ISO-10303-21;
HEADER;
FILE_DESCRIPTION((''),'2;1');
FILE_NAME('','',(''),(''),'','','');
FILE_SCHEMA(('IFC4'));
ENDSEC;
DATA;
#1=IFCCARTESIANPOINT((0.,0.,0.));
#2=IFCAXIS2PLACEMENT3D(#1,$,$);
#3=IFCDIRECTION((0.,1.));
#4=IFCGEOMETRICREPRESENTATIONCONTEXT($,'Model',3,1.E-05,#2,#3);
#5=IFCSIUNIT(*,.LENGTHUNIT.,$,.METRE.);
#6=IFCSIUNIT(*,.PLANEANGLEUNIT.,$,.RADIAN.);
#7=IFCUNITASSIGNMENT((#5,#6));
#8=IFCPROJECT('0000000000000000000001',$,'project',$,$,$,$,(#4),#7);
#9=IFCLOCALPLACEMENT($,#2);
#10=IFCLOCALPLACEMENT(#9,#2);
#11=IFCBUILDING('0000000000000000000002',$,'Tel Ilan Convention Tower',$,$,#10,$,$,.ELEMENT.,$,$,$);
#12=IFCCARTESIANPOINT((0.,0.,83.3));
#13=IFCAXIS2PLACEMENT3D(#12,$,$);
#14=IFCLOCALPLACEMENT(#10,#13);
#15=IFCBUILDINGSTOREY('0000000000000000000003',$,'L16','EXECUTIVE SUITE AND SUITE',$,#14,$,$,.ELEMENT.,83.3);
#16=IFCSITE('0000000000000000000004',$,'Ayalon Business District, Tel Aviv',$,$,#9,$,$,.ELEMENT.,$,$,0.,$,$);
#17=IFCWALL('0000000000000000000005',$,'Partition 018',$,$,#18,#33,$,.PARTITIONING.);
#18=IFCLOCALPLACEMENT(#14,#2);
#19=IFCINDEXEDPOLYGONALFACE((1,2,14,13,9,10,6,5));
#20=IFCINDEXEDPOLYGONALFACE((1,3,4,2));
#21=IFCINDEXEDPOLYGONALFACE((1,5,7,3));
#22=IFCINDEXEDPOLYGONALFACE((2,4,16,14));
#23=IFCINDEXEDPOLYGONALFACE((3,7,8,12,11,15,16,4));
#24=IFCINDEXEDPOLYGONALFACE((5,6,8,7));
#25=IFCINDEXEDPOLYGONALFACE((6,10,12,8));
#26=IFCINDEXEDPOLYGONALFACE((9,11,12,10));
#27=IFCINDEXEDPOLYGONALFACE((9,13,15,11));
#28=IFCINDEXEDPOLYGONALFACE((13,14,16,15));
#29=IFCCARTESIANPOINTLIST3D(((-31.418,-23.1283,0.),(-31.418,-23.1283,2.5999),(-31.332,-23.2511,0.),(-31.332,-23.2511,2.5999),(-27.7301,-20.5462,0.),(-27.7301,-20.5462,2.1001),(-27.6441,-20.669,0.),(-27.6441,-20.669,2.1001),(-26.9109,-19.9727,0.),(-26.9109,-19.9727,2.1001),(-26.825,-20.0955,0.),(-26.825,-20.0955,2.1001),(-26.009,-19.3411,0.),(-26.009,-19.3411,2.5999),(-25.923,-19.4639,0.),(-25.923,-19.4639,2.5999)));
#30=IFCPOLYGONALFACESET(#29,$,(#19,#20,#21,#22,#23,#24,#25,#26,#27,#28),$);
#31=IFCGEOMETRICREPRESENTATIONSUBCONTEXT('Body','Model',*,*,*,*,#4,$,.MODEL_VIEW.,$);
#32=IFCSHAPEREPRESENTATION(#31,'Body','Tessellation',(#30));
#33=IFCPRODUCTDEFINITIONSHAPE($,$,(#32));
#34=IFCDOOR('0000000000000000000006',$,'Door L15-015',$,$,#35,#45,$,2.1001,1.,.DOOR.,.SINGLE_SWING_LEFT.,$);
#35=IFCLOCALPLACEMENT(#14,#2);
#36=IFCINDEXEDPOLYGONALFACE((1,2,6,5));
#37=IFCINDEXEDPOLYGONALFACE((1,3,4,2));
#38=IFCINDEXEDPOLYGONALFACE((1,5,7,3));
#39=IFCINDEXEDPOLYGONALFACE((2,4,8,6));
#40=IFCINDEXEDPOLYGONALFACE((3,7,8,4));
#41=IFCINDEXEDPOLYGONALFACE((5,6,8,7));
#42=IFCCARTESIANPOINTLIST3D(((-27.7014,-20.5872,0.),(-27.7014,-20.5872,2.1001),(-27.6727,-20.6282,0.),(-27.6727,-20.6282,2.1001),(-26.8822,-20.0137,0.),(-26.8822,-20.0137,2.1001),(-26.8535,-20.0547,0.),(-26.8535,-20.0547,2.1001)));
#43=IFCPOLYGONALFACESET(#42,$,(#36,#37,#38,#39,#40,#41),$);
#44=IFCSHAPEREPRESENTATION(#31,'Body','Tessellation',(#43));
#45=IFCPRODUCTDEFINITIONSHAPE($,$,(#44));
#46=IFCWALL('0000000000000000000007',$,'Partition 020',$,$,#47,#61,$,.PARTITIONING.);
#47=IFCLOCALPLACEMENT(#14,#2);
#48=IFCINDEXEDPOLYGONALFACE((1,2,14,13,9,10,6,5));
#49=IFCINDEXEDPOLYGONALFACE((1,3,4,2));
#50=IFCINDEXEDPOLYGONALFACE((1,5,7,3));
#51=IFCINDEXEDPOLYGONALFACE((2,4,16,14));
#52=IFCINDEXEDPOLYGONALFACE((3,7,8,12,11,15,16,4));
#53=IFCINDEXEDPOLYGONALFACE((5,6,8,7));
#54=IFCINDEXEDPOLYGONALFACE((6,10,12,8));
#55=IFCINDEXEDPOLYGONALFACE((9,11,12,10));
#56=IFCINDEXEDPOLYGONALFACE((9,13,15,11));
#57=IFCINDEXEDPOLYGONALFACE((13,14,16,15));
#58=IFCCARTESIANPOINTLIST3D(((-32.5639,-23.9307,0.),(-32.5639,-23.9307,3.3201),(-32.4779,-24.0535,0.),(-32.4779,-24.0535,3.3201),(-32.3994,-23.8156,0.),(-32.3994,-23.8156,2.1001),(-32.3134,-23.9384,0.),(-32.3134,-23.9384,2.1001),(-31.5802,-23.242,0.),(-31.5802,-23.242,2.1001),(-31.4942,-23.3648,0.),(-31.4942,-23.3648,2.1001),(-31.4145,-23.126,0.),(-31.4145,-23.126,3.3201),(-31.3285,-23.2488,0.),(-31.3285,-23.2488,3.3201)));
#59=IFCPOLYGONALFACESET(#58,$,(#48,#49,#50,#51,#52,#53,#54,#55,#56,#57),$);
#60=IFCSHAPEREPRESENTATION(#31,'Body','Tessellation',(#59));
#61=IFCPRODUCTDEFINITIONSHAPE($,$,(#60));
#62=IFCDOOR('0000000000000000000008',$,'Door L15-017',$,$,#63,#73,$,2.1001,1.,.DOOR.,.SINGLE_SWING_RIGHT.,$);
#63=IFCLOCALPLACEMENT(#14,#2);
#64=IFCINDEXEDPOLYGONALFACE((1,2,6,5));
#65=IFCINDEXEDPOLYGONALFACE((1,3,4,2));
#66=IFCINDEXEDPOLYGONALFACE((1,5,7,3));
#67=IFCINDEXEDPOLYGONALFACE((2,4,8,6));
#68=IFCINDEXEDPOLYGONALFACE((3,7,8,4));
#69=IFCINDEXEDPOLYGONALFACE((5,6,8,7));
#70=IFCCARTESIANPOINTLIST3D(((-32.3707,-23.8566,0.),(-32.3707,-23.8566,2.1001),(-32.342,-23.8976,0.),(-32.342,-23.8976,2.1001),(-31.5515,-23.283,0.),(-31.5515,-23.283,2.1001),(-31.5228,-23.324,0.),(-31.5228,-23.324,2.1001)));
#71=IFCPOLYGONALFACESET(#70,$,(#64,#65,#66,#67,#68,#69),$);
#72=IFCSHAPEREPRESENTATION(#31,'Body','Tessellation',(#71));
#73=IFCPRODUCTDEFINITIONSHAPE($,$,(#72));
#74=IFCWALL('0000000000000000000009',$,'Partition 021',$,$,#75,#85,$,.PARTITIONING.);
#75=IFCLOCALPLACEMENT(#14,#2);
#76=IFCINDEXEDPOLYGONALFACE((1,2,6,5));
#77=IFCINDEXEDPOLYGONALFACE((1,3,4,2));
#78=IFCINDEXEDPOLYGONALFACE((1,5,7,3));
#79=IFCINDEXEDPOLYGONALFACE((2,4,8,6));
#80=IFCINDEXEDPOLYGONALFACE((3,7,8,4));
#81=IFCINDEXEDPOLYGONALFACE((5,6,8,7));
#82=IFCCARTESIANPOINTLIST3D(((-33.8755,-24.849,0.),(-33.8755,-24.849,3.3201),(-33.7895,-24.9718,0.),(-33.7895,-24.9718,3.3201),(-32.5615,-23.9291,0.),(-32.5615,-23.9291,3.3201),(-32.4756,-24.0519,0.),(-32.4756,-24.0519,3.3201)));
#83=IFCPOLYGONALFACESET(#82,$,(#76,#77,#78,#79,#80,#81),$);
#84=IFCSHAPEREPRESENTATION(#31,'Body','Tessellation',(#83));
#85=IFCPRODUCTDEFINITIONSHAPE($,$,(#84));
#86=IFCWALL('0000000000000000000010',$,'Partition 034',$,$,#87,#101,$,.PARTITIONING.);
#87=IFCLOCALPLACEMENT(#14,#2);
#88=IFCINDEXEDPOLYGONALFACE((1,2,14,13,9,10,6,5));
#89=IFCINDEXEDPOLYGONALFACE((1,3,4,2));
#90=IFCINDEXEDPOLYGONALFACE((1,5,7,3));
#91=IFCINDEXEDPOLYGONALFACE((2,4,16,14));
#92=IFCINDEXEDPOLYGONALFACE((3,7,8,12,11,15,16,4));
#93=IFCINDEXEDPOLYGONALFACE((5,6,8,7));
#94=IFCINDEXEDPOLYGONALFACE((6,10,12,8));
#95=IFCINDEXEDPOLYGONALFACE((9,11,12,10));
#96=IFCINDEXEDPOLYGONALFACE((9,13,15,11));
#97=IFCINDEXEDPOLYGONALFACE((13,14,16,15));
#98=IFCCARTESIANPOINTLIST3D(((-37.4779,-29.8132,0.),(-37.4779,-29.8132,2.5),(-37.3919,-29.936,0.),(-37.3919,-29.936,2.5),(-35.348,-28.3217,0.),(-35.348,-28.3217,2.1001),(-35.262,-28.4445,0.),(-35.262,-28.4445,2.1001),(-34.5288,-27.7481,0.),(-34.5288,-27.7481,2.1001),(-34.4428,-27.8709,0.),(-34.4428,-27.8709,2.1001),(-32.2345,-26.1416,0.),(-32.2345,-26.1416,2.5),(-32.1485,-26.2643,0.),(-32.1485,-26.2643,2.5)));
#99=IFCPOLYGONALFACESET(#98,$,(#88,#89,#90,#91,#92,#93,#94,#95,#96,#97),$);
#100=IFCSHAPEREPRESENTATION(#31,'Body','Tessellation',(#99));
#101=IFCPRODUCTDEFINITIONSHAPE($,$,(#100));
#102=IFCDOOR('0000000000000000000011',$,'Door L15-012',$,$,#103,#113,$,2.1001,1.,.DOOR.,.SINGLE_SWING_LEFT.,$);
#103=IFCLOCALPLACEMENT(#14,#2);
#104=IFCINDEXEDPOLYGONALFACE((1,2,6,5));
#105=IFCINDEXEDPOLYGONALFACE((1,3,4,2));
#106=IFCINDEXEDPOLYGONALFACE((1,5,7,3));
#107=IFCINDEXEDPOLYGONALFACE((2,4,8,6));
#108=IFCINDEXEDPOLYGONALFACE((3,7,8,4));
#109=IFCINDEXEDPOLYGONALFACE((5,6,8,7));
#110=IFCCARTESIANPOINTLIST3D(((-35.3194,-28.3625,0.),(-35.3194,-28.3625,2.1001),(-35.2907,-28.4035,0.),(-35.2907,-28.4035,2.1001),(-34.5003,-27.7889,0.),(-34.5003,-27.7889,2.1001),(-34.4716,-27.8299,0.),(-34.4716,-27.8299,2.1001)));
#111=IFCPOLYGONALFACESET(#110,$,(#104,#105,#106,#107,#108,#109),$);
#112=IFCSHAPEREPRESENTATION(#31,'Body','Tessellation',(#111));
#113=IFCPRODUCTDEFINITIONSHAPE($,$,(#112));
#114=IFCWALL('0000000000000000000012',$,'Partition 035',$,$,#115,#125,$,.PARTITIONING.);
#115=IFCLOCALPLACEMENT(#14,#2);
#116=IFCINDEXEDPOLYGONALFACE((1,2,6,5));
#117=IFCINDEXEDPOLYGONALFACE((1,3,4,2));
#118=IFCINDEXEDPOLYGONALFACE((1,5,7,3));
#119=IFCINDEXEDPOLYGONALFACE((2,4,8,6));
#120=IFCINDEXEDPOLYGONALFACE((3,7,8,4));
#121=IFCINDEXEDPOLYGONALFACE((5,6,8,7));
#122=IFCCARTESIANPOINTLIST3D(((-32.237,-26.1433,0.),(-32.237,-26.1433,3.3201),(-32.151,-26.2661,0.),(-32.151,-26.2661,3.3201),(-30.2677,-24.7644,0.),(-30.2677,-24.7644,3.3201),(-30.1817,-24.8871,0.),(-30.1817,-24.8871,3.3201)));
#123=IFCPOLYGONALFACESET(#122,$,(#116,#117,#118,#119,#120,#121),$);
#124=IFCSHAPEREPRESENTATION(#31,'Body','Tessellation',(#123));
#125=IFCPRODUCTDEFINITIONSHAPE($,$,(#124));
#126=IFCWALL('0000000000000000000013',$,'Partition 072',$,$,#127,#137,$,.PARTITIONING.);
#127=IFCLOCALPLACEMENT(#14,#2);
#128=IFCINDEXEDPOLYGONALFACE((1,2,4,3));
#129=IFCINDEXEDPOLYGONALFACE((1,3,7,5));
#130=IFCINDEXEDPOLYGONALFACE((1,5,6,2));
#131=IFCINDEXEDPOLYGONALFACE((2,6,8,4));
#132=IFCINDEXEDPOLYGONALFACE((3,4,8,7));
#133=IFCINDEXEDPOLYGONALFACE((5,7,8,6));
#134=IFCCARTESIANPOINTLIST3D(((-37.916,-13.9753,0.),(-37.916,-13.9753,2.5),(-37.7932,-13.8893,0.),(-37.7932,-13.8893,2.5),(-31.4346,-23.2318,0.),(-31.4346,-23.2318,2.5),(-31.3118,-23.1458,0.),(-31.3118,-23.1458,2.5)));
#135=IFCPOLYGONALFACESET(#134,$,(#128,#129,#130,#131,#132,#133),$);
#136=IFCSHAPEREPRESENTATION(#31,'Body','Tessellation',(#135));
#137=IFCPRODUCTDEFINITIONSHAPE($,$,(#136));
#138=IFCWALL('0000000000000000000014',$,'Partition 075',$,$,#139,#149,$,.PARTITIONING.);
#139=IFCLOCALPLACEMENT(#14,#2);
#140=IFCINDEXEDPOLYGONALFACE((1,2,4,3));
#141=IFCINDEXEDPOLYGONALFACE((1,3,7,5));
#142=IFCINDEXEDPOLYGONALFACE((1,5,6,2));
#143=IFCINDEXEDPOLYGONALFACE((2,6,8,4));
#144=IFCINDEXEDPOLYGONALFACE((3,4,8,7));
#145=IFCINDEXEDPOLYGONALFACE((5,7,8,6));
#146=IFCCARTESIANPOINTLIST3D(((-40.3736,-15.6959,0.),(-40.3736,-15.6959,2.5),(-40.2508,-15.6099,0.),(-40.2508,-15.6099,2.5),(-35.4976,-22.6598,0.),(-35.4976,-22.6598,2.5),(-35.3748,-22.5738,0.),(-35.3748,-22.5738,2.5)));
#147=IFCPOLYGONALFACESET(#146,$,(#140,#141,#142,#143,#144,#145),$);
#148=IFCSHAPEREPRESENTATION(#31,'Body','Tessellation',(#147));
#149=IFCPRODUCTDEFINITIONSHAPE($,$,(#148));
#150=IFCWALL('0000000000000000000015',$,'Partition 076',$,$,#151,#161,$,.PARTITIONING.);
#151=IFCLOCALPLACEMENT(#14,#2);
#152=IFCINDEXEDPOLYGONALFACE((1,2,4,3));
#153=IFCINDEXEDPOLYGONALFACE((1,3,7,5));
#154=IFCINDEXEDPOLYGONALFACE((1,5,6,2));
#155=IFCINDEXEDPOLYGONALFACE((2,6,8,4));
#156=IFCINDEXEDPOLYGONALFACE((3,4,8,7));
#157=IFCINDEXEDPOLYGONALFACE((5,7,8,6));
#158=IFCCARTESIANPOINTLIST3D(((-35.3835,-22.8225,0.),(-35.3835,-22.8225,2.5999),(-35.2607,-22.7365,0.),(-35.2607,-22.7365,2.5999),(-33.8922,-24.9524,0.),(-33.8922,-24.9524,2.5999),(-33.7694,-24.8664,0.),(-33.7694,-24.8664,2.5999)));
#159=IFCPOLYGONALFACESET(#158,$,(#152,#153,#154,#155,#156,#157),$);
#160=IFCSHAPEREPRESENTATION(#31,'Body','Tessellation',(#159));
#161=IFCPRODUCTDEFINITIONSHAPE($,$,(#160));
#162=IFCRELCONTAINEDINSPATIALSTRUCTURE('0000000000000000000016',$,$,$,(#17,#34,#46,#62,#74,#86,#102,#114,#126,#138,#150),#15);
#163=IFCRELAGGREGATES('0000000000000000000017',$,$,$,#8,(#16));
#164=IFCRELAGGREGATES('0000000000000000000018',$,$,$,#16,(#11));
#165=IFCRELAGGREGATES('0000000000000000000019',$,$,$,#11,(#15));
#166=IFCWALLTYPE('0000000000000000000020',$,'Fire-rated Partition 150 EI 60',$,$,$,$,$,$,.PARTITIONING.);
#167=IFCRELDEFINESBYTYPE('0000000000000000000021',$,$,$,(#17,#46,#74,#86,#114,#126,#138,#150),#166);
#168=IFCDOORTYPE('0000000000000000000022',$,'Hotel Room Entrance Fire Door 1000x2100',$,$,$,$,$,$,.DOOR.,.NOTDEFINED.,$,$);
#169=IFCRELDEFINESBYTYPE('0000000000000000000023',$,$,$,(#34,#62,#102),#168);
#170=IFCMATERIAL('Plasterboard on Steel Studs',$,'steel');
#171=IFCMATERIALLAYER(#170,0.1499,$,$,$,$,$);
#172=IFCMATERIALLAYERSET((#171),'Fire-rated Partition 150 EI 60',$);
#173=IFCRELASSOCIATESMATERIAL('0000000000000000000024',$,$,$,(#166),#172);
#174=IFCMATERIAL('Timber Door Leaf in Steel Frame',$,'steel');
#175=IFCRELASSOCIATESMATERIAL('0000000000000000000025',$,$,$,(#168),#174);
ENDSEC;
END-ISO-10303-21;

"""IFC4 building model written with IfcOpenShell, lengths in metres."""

from ifc_helpers import new_model, si_unit, direction, frame, frame_2d, origin, place, context, subcontext, project, spatial, rectangle, extrude, material, layer, layer_set, type_object, element, fill, save


model = new_model("IFC4")

# Units and contexts
model_context = context("Model", 3, precision=1e-05, world=origin(), true_north=direction((0.0, 1.0)))
body_context = subcontext(model_context, "Body", "Model", "MODEL_VIEW")
ifc_project = project(units=[si_unit("LENGTHUNIT", "METRE"), si_unit("PLANEANGLEUNIT", "RADIAN")], contexts=[model_context])

# Site, building, storey
site_placement = place(None, origin())
site = spatial("IfcSite", under=ifc_project, at=site_placement, Name="Ayalon Business District, Tel Aviv", CompositionType="ELEMENT", RefElevation=0.0)
building_placement = place(site_placement, origin())
building = spatial("IfcBuilding", under=site, at=building_placement, Name="Tel Ilan Convention Tower", CompositionType="ELEMENT")
storey_placement = place(building_placement, frame((0.0, 0.0, 83.3)))
storey = spatial("IfcBuildingStorey", under=building, at=storey_placement, Name="L16", Description="EXECUTIVE SUITE AND SUITE", CompositionType="ELEMENT", Elevation=83.3)

# Walls, openings, doors
ifc_material_1 = material(Name="Plasterboard on Steel Studs", Category="steel")
ifc_layer_1 = layer(ifc_material_1, 0.1499)
ifc_layer_set_1 = layer_set([ifc_layer_1], Name="Fire-rated Partition 150 EI 60")
wall_type_1 = type_object("IfcWallType", Name="Fire-rated Partition 150 EI 60", PredefinedType="PARTITIONING", material=ifc_layer_set_1)
wall_1_placement = place(storey_placement, frame((-31.375, -23.1897, 0.0), z_axis=(0.0, 0.0, 1.0), x_axis=(0.819171, 0.573549, 0.0)))
wall_1 = element("IfcWall", 1, at=wall_1_placement, inside=storey, type_object=wall_type_1, Name="Partition 018", PredefinedType="PARTITIONING", context=body_context, shape_type="SweptSolid", body=[
    extrude(rectangle(XDim=6.603, YDim=0.1499, at=frame_2d((3.3015, 0.0))), origin(), (0.0, 0.0, 1.0), 2.5999),
])
opening_1_placement = place(wall_1_placement, frame((4.502, 0.0, 0.0)))
opening_1 = element("IfcOpeningElement", 2, at=opening_1_placement, cuts=wall_1, PredefinedType="OPENING", context=body_context, shape_type="SweptSolid", body=[
    extrude(rectangle(XDim=1.0, YDim=2.1001, at=frame_2d((0.5, 1.05))), frame((0.0, 0.085, 0.0), z_axis=(0.0, -1.0, 0.0), x_axis=(1.0, 0.0, 0.0)), (0.0, 0.0, 1.0), 0.1699),
])
ifc_material_2 = material(Name="Timber Door Leaf in Steel Frame", Category="steel")
door_type_1 = type_object("IfcDoorType", Name="Hotel Room Entrance Fire Door 1000x2100", OperationType="NOTDEFINED", PredefinedType="DOOR", material=ifc_material_2)
door_1_placement = place(opening_1_placement, origin())
door_1 = element("IfcDoor", 3, at=door_1_placement, inside=storey, type_object=door_type_1, Name="Door L15-015", OperationType="SINGLE_SWING_LEFT", OverallHeight=2.1001, OverallWidth=1.0, PredefinedType="DOOR", context=body_context, shape_type="SweptSolid", body=[
    extrude(rectangle(XDim=1.0, YDim=2.1001, at=frame_2d((0.5, 1.05))), frame((0.0, 0.0249, 0.0), z_axis=(0.0, -1.0, 0.0), x_axis=(1.0, 0.0, 0.0)), (0.0, 0.0, 1.0), 0.05),
])
fill(opening_1, door_1)
wall_2_placement = place(storey_placement, frame((-32.521, -23.9922, 0.0), z_axis=(0.0, 0.0, 1.0), x_axis=(0.819199, 0.573509, 0.0)))
wall_2 = element("IfcWall", 4, at=wall_2_placement, inside=storey, type_object=wall_type_1, Name="Partition 020", PredefinedType="PARTITIONING", context=body_context, shape_type="SweptSolid", body=[
    extrude(rectangle(XDim=1.4031, YDim=0.1499, at=frame_2d((0.7017, 0.0))), origin(), (0.0, 0.0, 1.0), 3.3201),
])
opening_2_placement = place(wall_2_placement, frame((0.2009, 0.0, 0.0)))
opening_2 = element("IfcOpeningElement", 5, at=opening_2_placement, cuts=wall_2, PredefinedType="OPENING", context=body_context, shape_type="SweptSolid", body=[
    extrude(rectangle(XDim=1.0, YDim=2.1001, at=frame_2d((0.5, 1.05))), frame((0.0, 0.085, 0.0), z_axis=(0.0, -1.0, 0.0), x_axis=(1.0, 0.0, 0.0)), (0.0, 0.0, 1.0), 0.1699),
])
door_2_placement = place(opening_2_placement, origin())
door_2 = element("IfcDoor", 6, at=door_2_placement, inside=storey, type_object=door_type_1, Name="Door L15-017", OperationType="SINGLE_SWING_RIGHT", OverallHeight=2.1001, OverallWidth=1.0, PredefinedType="DOOR", context=body_context, shape_type="SweptSolid", body=[
    extrude(rectangle(XDim=1.0, YDim=2.1001, at=frame_2d((0.5, 1.05))), frame((0.0, 0.0249, 0.0), z_axis=(0.0, -1.0, 0.0), x_axis=(1.0, 0.0, 0.0)), (0.0, 0.0, 1.0), 0.05),
])
fill(opening_2, door_2)

# Wall
wall_3_placement = place(storey_placement, frame((-33.8325, -24.9104, 0.0), z_axis=(0.0, 0.0, 1.0), x_axis=(0.819189, 0.573524, 0.0)))
element("IfcWall", 7, at=wall_3_placement, inside=storey, type_object=wall_type_1, Name="Partition 021", PredefinedType="PARTITIONING", context=body_context, shape_type="SweptSolid", body=[
    extrude(rectangle(XDim=1.604, YDim=0.1499, at=frame_2d((0.802, 0.0))), origin(), (0.0, 0.0, 1.0), 3.3201),
])

# Wall, opening, door
wall_4_placement = place(storey_placement, frame((-32.1914, -26.2029, 0.0), z_axis=(0.0, 0.0, 1.0), x_axis=(-0.819141, -0.573593, 0.0)))
wall_4 = element("IfcWall", 8, at=wall_4_placement, inside=storey, type_object=wall_type_1, Name="Partition 034", PredefinedType="PARTITIONING", context=body_context, shape_type="SweptSolid", body=[
    extrude(rectangle(XDim=6.4011, YDim=0.1499, at=frame_2d((3.2007, 0.0))), origin(), (0.0, 0.0, 1.0), 2.5),
])
opening_3_placement = place(wall_4_placement, frame((2.801, 0.0, 0.0)))
opening_3 = element("IfcOpeningElement", 9, at=opening_3_placement, cuts=wall_4, PredefinedType="OPENING", context=body_context, shape_type="SweptSolid", body=[
    extrude(rectangle(XDim=1.0, YDim=2.1001, at=frame_2d((0.5, 1.05))), frame((0.0, 0.085, 0.0), z_axis=(0.0, -1.0, 0.0), x_axis=(1.0, 0.0, 0.0)), (0.0, 0.0, 1.0), 0.1699),
])
door_3_placement = place(opening_3_placement, origin())
door_3 = element("IfcDoor", 10, at=door_3_placement, inside=storey, type_object=door_type_1, Name="Door L15-012", OperationType="SINGLE_SWING_LEFT", OverallHeight=2.1001, OverallWidth=1.0, PredefinedType="DOOR", context=body_context, shape_type="SweptSolid", body=[
    extrude(rectangle(XDim=1.0, YDim=2.1001, at=frame_2d((0.5, 1.05))), frame((0.0, 0.0249, 0.0), z_axis=(0.0, -1.0, 0.0), x_axis=(1.0, 0.0, 0.0)), (0.0, 0.0, 1.0), 0.05),
])
fill(opening_3, door_3)

# Walls
wall_5_placement = place(storey_placement, frame((-30.2246, -24.8257, 0.0), z_axis=(0.0, 0.0, 1.0), x_axis=(-0.819146, -0.573585, 0.0)))
element("IfcWall", 11, at=wall_5_placement, inside=storey, type_object=wall_type_1, Name="Partition 035", PredefinedType="PARTITIONING", context=body_context, shape_type="SweptSolid", body=[
    extrude(rectangle(XDim=2.4041, YDim=0.1499, at=frame_2d((1.2021, 0.0))), origin(), (0.0, 0.0, 1.0), 3.3201),
])
wall_6_placement = place(storey_placement, frame((-31.3733, -23.1887, 0.0), z_axis=(0.0, 0.0, 1.0), x_axis=(-0.573571, 0.819156, 0.0)))
element("IfcWall", 12, at=wall_6_placement, inside=storey, type_object=wall_type_1, Name="Partition 072", PredefinedType="PARTITIONING", context=body_context, shape_type="SweptSolid", body=[
    extrude(rectangle(XDim=11.3, YDim=0.1499, at=frame_2d((5.6499, 0.0))), origin(), (0.0, 0.0, 1.0), 2.5),
])
wall_7_placement = place(storey_placement, frame((-35.4363, -22.6167, 0.0), z_axis=(0.0, 0.0, 1.0), x_axis=(-0.573563, 0.819162, 0.0)))
element("IfcWall", 13, at=wall_7_placement, inside=storey, type_object=wall_type_1, Name="Partition 075", PredefinedType="PARTITIONING", context=body_context, shape_type="SweptSolid", body=[
    extrude(rectangle(XDim=8.5012, YDim=0.1499, at=frame_2d((4.2505, 0.0))), origin(), (0.0, 0.0, 1.0), 2.5),
])
wall_8_placement = place(storey_placement, frame((-33.8308, -24.9094, 0.0), z_axis=(0.0, 0.0, 1.0), x_axis=(-0.573538, 0.819179, 0.0)))
element("IfcWall", 14, at=wall_8_placement, inside=storey, type_object=wall_type_1, Name="Partition 076", PredefinedType="PARTITIONING", context=body_context, shape_type="SweptSolid", body=[
    extrude(rectangle(XDim=2.6001, YDim=0.1499, at=frame_2d((1.3, 0.0))), origin(), (0.0, 0.0, 1.0), 2.5999),
])

save(model, "model.ifc")
